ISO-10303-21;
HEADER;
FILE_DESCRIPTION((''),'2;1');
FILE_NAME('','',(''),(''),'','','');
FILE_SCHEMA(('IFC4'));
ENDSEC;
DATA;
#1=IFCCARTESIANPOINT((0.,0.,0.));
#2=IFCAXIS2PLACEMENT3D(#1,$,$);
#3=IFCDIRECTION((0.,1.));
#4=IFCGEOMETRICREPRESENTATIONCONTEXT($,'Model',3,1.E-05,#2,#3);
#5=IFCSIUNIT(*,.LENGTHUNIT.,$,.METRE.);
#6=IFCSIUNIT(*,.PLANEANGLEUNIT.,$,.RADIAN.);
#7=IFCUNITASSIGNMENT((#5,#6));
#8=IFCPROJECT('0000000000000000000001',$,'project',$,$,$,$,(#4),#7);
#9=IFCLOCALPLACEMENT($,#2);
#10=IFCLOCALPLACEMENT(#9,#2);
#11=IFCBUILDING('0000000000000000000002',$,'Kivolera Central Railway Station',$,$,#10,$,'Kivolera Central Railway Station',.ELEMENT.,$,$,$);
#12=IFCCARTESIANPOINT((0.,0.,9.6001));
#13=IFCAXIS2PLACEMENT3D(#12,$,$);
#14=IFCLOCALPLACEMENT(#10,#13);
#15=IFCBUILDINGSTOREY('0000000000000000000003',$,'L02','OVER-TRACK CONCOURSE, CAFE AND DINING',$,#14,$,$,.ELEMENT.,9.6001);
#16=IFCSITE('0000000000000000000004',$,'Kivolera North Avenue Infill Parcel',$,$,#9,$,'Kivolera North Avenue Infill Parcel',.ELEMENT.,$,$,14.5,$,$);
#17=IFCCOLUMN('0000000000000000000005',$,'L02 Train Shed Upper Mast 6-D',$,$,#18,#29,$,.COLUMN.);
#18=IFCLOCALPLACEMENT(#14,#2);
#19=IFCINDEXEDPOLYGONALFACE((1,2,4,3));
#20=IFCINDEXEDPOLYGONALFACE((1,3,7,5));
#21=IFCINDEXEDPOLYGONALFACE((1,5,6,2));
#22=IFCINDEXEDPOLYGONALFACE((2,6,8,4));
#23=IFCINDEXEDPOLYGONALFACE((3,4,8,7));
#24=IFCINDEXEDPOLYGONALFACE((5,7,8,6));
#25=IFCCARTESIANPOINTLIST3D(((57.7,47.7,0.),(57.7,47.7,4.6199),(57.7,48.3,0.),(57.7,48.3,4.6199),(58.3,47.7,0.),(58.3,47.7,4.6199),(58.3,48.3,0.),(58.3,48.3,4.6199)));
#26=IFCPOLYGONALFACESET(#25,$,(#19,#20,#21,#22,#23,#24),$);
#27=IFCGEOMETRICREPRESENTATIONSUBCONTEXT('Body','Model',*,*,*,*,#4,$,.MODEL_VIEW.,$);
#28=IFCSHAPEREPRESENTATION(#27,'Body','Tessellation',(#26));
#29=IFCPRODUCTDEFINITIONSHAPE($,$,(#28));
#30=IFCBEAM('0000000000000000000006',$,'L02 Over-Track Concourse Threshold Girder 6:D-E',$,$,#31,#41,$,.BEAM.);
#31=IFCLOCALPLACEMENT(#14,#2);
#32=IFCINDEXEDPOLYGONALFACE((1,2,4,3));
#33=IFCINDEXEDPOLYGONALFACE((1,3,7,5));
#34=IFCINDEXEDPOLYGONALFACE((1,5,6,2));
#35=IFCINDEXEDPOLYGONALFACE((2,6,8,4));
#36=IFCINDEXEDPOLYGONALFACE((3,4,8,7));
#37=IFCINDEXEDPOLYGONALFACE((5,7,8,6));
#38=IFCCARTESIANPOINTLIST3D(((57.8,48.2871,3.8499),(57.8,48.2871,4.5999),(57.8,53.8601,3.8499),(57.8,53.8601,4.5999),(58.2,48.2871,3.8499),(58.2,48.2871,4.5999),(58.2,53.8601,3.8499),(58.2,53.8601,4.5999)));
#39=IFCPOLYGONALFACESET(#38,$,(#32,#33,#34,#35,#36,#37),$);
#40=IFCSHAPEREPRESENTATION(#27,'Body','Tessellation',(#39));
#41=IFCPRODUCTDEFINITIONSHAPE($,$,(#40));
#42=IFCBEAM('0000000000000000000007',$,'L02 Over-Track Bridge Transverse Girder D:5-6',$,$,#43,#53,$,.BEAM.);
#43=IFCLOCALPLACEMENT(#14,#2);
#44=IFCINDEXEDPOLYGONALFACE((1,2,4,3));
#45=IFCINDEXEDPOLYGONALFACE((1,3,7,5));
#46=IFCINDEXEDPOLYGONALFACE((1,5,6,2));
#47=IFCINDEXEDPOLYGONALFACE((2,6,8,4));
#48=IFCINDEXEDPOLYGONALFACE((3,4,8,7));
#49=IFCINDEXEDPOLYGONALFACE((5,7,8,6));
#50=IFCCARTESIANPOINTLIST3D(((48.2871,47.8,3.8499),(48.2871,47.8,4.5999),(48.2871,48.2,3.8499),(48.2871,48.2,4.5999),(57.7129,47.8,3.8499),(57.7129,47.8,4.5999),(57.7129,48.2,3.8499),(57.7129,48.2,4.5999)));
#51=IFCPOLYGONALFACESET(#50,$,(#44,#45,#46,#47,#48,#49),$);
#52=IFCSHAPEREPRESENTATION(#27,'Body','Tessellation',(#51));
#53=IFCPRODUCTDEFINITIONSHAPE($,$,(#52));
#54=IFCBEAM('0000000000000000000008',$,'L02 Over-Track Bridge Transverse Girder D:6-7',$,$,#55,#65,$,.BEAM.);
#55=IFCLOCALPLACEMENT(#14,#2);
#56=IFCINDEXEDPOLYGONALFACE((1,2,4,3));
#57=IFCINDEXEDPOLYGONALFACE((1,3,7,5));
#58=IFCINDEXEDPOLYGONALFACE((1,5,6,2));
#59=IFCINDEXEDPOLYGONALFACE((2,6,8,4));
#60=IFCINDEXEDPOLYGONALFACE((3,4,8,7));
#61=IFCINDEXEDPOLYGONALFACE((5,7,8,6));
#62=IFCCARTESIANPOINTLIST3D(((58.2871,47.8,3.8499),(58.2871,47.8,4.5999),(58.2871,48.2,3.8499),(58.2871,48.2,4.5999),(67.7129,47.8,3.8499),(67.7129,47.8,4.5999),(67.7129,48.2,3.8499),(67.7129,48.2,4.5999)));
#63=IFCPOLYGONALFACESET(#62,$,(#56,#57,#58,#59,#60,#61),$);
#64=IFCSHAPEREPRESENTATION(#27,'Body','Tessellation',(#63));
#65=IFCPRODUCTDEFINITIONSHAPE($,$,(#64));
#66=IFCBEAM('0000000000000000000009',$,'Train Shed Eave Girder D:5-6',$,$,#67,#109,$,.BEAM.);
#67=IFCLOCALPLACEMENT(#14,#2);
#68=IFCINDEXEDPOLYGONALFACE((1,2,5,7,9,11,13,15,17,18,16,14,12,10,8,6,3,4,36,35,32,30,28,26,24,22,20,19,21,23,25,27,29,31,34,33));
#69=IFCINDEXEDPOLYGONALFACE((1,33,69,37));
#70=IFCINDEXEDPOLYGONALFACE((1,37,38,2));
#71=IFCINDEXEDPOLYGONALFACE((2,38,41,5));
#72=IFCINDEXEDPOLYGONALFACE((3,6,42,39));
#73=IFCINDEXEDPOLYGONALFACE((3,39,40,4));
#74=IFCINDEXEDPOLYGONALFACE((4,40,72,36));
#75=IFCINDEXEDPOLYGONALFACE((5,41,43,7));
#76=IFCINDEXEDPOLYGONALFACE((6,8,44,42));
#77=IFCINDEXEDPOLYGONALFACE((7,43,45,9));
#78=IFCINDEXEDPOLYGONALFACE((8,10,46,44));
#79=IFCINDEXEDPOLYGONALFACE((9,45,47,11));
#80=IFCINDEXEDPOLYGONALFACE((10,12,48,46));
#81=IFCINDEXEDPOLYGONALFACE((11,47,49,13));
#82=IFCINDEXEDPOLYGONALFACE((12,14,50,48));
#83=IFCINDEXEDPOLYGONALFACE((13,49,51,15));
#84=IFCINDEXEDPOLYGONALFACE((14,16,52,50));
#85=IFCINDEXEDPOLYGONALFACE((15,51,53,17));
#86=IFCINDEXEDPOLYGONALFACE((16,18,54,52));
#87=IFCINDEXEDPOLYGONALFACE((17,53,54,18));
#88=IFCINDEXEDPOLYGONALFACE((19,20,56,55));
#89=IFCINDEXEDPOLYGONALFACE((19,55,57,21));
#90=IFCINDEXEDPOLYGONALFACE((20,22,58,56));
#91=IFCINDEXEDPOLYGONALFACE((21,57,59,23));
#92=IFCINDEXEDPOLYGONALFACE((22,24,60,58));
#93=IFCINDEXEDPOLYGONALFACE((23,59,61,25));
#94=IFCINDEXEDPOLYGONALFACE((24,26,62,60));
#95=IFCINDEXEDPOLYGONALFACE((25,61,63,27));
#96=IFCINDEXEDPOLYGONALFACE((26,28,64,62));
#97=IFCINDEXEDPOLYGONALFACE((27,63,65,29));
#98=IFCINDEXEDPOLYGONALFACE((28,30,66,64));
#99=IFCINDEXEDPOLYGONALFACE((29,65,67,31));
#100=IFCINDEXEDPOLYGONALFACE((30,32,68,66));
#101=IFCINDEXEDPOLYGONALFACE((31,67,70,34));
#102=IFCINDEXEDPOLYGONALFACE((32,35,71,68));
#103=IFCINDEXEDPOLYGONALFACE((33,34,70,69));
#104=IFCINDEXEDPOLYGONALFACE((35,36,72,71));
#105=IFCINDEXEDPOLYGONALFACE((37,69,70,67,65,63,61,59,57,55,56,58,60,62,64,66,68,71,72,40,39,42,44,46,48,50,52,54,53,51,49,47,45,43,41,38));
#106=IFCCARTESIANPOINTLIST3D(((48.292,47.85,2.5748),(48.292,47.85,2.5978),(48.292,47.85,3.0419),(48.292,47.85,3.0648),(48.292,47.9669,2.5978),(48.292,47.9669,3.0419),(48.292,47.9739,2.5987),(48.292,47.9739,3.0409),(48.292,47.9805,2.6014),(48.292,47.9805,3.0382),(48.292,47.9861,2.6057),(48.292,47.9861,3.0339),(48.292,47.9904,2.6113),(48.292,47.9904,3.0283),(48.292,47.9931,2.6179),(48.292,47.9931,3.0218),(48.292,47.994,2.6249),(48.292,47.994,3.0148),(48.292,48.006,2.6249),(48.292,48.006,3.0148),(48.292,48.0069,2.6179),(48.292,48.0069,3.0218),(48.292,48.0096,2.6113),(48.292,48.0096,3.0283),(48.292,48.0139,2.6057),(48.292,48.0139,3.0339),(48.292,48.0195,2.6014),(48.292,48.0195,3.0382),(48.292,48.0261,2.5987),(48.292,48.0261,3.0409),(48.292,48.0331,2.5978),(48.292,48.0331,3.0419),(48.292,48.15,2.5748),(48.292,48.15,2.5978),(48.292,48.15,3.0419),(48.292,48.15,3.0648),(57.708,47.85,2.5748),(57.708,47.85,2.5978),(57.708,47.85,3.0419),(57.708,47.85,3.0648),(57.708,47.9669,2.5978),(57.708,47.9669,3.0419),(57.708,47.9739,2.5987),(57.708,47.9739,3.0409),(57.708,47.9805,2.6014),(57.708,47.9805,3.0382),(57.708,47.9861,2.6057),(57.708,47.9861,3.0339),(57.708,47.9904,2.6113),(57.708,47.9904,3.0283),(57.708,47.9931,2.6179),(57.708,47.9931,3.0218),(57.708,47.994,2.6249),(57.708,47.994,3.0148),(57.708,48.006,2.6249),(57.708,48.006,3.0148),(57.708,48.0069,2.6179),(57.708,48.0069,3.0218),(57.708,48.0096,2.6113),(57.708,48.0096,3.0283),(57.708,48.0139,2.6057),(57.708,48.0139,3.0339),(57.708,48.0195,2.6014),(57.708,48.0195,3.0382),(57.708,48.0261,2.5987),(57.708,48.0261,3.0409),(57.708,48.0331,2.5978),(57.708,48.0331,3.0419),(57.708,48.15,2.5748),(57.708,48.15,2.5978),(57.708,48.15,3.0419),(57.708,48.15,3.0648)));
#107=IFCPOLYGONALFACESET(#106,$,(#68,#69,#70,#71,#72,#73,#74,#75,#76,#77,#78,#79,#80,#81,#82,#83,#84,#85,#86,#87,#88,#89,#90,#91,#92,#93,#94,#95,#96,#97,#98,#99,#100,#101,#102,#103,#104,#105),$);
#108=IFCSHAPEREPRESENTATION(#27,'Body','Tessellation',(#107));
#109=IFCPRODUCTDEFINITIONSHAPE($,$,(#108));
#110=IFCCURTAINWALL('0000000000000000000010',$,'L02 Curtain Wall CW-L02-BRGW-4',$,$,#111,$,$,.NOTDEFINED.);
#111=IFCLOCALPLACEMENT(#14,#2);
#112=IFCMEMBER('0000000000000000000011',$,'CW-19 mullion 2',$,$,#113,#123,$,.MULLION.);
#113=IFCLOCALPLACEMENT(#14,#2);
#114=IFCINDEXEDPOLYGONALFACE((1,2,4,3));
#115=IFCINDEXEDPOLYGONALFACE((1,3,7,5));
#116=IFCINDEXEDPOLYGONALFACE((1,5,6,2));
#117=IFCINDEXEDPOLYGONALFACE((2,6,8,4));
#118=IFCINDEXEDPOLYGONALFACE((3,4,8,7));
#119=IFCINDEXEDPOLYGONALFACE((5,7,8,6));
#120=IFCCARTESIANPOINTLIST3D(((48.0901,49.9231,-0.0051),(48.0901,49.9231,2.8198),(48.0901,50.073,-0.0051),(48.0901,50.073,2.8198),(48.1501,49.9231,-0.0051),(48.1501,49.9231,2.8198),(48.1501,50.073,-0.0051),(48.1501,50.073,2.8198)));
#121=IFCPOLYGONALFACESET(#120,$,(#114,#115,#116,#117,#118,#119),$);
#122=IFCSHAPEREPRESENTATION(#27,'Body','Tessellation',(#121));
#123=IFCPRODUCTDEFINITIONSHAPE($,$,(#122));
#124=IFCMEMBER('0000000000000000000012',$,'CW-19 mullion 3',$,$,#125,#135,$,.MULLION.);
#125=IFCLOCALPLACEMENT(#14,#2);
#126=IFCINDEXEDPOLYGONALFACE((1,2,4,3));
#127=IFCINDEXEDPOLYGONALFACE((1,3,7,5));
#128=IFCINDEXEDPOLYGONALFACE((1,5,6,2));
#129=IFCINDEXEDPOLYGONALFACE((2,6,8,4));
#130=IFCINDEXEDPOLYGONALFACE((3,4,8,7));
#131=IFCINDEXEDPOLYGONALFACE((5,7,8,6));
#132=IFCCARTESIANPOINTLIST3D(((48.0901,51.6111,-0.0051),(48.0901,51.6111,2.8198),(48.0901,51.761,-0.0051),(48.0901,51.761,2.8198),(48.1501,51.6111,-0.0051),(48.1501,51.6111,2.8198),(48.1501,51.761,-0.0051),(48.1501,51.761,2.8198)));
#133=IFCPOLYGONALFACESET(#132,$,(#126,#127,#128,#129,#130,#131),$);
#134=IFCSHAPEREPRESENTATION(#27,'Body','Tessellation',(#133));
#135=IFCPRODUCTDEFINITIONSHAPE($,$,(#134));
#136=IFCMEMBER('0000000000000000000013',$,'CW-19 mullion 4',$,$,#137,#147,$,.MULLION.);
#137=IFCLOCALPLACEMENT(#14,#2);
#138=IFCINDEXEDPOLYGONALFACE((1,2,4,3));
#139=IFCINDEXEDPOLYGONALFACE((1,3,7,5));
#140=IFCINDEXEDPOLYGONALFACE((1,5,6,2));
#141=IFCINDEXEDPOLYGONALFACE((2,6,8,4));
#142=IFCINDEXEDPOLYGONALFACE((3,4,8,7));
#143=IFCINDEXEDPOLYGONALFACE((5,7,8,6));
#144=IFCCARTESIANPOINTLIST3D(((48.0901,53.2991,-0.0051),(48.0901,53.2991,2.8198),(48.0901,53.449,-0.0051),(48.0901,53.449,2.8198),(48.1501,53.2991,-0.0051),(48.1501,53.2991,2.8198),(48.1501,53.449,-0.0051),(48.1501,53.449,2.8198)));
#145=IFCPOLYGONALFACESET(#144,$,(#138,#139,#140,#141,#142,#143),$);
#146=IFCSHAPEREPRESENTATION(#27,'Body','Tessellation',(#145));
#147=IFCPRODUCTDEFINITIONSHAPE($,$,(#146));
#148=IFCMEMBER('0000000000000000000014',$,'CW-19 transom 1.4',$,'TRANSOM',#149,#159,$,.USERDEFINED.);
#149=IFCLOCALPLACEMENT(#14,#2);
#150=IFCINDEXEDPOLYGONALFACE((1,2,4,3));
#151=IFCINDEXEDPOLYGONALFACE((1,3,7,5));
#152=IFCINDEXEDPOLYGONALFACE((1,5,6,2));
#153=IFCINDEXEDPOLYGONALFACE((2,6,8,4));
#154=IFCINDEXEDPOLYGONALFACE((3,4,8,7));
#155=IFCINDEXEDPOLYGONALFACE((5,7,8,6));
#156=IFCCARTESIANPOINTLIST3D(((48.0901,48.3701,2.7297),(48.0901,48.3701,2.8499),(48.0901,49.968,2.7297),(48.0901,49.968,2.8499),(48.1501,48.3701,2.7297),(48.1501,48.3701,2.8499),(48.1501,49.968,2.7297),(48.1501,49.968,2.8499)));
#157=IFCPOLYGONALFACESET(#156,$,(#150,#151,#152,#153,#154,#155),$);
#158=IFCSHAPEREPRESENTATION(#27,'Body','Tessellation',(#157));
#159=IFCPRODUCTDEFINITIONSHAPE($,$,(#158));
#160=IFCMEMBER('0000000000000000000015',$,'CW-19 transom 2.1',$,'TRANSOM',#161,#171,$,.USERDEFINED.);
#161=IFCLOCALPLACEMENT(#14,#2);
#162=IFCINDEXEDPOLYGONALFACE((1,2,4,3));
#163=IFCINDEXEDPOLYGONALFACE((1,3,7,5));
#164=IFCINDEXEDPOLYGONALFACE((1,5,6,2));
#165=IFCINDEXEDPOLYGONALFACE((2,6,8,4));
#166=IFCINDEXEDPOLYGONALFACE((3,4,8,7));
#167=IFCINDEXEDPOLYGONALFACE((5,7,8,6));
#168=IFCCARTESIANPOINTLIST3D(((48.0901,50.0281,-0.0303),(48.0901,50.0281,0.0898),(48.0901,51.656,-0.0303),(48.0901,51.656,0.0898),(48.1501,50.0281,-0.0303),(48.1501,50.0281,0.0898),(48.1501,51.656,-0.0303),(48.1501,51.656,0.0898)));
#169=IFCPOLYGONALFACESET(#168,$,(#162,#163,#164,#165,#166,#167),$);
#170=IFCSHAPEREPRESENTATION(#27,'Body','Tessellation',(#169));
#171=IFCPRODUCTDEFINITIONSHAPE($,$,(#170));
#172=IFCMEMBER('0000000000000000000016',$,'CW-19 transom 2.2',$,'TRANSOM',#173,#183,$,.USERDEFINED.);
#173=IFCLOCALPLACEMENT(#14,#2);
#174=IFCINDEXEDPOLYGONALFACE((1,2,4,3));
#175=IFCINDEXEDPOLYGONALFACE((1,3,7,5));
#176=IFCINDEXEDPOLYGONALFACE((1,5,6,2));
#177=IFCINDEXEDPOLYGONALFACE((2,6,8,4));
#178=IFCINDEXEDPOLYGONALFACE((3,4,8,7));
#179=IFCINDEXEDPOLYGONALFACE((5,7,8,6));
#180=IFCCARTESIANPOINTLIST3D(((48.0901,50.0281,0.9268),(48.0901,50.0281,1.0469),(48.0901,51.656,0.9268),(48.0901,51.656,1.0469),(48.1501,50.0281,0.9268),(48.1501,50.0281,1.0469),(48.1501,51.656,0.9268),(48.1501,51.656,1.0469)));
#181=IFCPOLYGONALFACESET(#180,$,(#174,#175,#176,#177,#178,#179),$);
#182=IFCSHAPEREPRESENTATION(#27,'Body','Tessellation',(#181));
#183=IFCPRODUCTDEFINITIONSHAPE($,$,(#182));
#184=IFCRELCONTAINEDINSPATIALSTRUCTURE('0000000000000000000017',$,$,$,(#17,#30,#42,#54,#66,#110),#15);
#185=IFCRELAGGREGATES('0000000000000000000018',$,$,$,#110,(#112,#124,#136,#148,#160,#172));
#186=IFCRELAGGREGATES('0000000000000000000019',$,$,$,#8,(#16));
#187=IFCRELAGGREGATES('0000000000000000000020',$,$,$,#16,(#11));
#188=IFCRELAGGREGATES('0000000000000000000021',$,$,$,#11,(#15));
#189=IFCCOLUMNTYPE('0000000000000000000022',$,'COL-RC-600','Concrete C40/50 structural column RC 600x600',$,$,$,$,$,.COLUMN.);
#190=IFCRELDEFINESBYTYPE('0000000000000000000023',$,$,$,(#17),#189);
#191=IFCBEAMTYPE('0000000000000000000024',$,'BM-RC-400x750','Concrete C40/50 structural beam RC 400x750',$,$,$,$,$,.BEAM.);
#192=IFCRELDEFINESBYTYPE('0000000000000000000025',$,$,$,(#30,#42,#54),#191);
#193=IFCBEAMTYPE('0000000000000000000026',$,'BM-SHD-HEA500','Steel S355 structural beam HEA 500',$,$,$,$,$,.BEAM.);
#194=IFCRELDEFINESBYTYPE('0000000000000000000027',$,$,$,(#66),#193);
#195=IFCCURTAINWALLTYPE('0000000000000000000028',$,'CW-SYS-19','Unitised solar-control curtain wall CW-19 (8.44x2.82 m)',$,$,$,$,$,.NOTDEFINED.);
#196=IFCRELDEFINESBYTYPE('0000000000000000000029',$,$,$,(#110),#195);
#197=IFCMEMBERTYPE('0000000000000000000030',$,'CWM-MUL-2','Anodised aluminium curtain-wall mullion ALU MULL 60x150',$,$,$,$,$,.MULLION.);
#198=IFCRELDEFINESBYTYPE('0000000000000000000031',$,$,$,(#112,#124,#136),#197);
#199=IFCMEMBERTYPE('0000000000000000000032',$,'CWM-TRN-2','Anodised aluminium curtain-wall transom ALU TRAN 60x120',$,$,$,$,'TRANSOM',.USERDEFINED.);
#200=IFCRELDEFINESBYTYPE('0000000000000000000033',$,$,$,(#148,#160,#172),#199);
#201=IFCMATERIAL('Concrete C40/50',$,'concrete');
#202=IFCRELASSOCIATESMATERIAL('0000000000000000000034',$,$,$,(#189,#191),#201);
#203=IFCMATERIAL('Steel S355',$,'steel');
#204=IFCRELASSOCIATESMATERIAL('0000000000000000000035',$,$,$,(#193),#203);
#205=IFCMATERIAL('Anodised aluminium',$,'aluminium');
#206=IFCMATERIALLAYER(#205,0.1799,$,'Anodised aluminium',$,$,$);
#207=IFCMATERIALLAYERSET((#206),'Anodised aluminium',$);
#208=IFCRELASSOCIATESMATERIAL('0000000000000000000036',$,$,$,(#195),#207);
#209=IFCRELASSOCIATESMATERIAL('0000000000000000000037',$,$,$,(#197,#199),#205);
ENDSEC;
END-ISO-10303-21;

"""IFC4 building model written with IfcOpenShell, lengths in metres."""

from ifc_helpers import new_model, si_unit, direction, frame, origin, origin_2d, place, context, subcontext, project, spatial, rectangle, i_section, extrude, material, layer, layer_set, material_profile, profile_set, type_object, element, aggregate, save


model = new_model("IFC4")

# Units and contexts
model_context = context("Model", 3, precision=1e-05, world=origin(), true_north=direction((0.0, 1.0)))
body_context = subcontext(model_context, "Body", "Model", "MODEL_VIEW")
ifc_project = project(units=[si_unit("LENGTHUNIT", "METRE"), si_unit("PLANEANGLEUNIT", "RADIAN")], contexts=[model_context])

# Site, building, storey
site_placement = place(None, origin())
site = spatial("IfcSite", under=ifc_project, at=site_placement, Name="Kivolera North Avenue Infill Parcel", LongName="Kivolera North Avenue Infill Parcel", CompositionType="ELEMENT", RefElevation=14.5)
building_placement = place(site_placement, origin())
building = spatial("IfcBuilding", under=site, at=building_placement, Name="Kivolera Central Railway Station", LongName="Kivolera Central Railway Station", CompositionType="ELEMENT")
storey_placement = place(building_placement, frame((0.0, 0.0, 9.6001)))
storey = spatial("IfcBuildingStorey", under=building, at=storey_placement, Name="L02", Description="OVER-TRACK CONCOURSE, CAFE AND DINING", CompositionType="ELEMENT", Elevation=9.6001)

# Column
ifc_material_1 = material(Name="Concrete C40/50", Category="concrete")
ifc_material_profile_1 = material_profile(ifc_material_1, rectangle(XDim=0.6001, YDim=0.6001, at=origin_2d()), Name="RC 600x600")
ifc_profile_set_1 = profile_set([ifc_material_profile_1], Name="Concrete C40/50")
column_type = type_object("IfcColumnType", Name="COL-RC-600", Description="Concrete C40/50 structural column RC 600x600", PredefinedType="COLUMN", material=ifc_profile_set_1)
column_placement = place(storey_placement, frame((58.0, 48.0, 0.0), z_axis=(0.0, 0.0, 1.0), x_axis=(1.0, 0.0, 0.0)))
element("IfcColumn", 1, at=column_placement, inside=storey, type_object=column_type, Name="L02 Train Shed Upper Mast 6-D", PredefinedType="COLUMN", context=body_context, shape_type="SweptSolid", body=[
    extrude(rectangle(XDim=0.6001, YDim=0.6001, at=origin_2d()), origin(), (0.0, 0.0, 1.0), 4.6199),
])

# Beams
ifc_material_profile_2 = material_profile(ifc_material_1, rectangle(XDim=0.3999, YDim=0.75, at=origin_2d()), Name="RC 400x750")
ifc_profile_set_2 = profile_set([ifc_material_profile_2], Name="Concrete C40/50")
beam_type_1 = type_object("IfcBeamType", Name="BM-RC-400x750", Description="Concrete C40/50 structural beam RC 400x750", PredefinedType="BEAM", material=ifc_profile_set_2)
beam_1_placement = place(storey_placement, frame((58.0, 48.2871, 4.2249), z_axis=(0.0, 1.0, 0.0), x_axis=(-1.0, 0.0, 0.0)))
element("IfcBeam", 2, at=beam_1_placement, inside=storey, type_object=beam_type_1, Name="L02 Over-Track Concourse Threshold Girder 6:D-E", PredefinedType="BEAM", context=body_context, shape_type="SweptSolid", body=[
    extrude(rectangle(XDim=0.3999, YDim=0.75, at=origin_2d()), origin(), (0.0, 0.0, 1.0), 5.573),
])
for number, where, z_axis, x_axis, name in (
    (3, (48.2871, 48.0, 4.2249), (1.0, 0.0, 0.0), (0.0, 1.0, 0.0), "L02 Over-Track Bridge Transverse Girder D:5-6"),
    (4, (58.2871, 48.0, 4.2249), (1.0, 0.0, 0.0), (0.0, 1.0, 0.0), "L02 Over-Track Bridge Transverse Girder D:6-7"),
):
    element("IfcBeam", number, at=place(storey_placement, frame(where, z_axis=z_axis, x_axis=x_axis)), inside=storey, type_object=beam_type_1, Name=name, PredefinedType="BEAM", context=body_context, shape_type="SweptSolid", body=[
        extrude(rectangle(XDim=0.3999, YDim=0.75, at=origin_2d()), origin(), (0.0, 0.0, 1.0), 9.4258),
    ])
ifc_material_2 = material(Name="Steel S355", Category="steel")
ifc_material_profile_3 = material_profile(ifc_material_2, i_section(OverallWidth=0.3, OverallDepth=0.49, WebThickness=0.012, FlangeThickness=0.0229, FilletRadius=0.0271, at=origin_2d()), Name="HEA 500")
ifc_profile_set_3 = profile_set([ifc_material_profile_3], Name="Steel S355")
beam_type_2 = type_object("IfcBeamType", Name="BM-SHD-HEA500", Description="Steel S355 structural beam HEA 500", PredefinedType="BEAM", material=ifc_profile_set_3)
beam_2_placement = place(storey_placement, frame((48.292, 48.0, 2.8198), z_axis=(1.0, 0.0, 0.0), x_axis=(0.0, 1.0, 0.0)))
element("IfcBeam", 5, at=beam_2_placement, inside=storey, type_object=beam_type_2, Name="Train Shed Eave Girder D:5-6", PredefinedType="BEAM", context=body_context, shape_type="SweptSolid", body=[
    extrude(i_section(OverallWidth=0.3, OverallDepth=0.49, WebThickness=0.012, FlangeThickness=0.0229, FilletRadius=0.0271, at=origin_2d()), origin(), (0.0, 0.0, 1.0), 9.416),
])

# Curtain wall, members
ifc_material_3 = material(Name="Anodised aluminium", Category="aluminium")
ifc_layer_1 = layer(ifc_material_3, 0.1799, Name="Anodised aluminium")
ifc_layer_set_1 = layer_set([ifc_layer_1], Name="Anodised aluminium")
curtain_wall_type = type_object("IfcCurtainWallType", Name="CW-SYS-19", Description="Unitised solar-control curtain wall CW-19 (8.44x2.82 m)", PredefinedType="NOTDEFINED", material=ifc_layer_set_1)
curtain_wall_placement = place(storey_placement, origin())
curtain_wall = element("IfcCurtainWall", 6, at=curtain_wall_placement, inside=storey, type_object=curtain_wall_type, Name="L02 Curtain Wall CW-L02-BRGW-4", PredefinedType="NOTDEFINED")
ifc_material_profile_4 = material_profile(ifc_material_3, rectangle(XDim=0.0601, YDim=0.1499, at=origin_2d()), Name="ALU MULL 60x150")
ifc_profile_set_4 = profile_set([ifc_material_profile_4], Name="Anodised aluminium")
member_type_1 = type_object("IfcMemberType", Name="CWM-MUL-2", Description="Anodised aluminium curtain-wall mullion ALU MULL 60x150", PredefinedType="MULLION", material=ifc_profile_set_4)
member_1_placement = place(storey_placement, frame((48.1201, 49.998, -0.0051), z_axis=(0.0, 0.0, 1.0), x_axis=(-1.0, 0.0, 0.0)))
member_1 = element("IfcMember", 7, at=member_1_placement, type_object=member_type_1, Name="CW-19 mullion 2", PredefinedType="MULLION", context=body_context, shape_type="SweptSolid", body=[
    extrude(rectangle(XDim=0.0601, YDim=0.1499, at=origin_2d()), origin(), (0.0, 0.0, 1.0), 2.825),
])
member_2_placement = place(storey_placement, frame((48.1201, 51.686, -0.0051), z_axis=(0.0, 0.0, 1.0), x_axis=(-1.0, 0.0, 0.0)))
member_2 = element("IfcMember", 8, at=member_2_placement, type_object=member_type_1, Name="CW-19 mullion 3", PredefinedType="MULLION", context=body_context, shape_type="SweptSolid", body=[
    extrude(rectangle(XDim=0.0601, YDim=0.1499, at=origin_2d()), origin(), (0.0, 0.0, 1.0), 2.825),
])
member_3_placement = place(storey_placement, frame((48.1201, 53.374, -0.0051), z_axis=(0.0, 0.0, 1.0), x_axis=(-1.0, 0.0, 0.0)))
member_3 = element("IfcMember", 9, at=member_3_placement, type_object=member_type_1, Name="CW-19 mullion 4", PredefinedType="MULLION", context=body_context, shape_type="SweptSolid", body=[
    extrude(rectangle(XDim=0.0601, YDim=0.1499, at=origin_2d()), origin(), (0.0, 0.0, 1.0), 2.825),
])
ifc_material_profile_5 = material_profile(ifc_material_3, rectangle(XDim=0.0601, YDim=0.1201, at=origin_2d()), Name="ALU TRAN 60x120")
ifc_profile_set_5 = profile_set([ifc_material_profile_5], Name="Anodised aluminium")
member_type_2 = type_object("IfcMemberType", Name="CWM-TRN-2", Description="Anodised aluminium curtain-wall transom ALU TRAN 60x120", ElementType="TRANSOM", PredefinedType="USERDEFINED", material=ifc_profile_set_5)
member_4_placement = place(storey_placement, frame((48.1201, 48.3701, 2.7898), z_axis=(0.0, 1.0, 0.0), x_axis=(-1.0, 0.0, 0.0)))
member_4 = element("IfcMember", 10, at=member_4_placement, type_object=member_type_2, Name="CW-19 transom 1.4", ObjectType="TRANSOM", PredefinedType="USERDEFINED", context=body_context, shape_type="SweptSolid", body=[
    extrude(rectangle(XDim=0.0601, YDim=0.1201, at=origin_2d()), origin(), (0.0, 0.0, 1.0), 1.5979),
])
member_5_placement = place(storey_placement, frame((48.1201, 50.0281, 0.0298), z_axis=(0.0, 1.0, 0.0), x_axis=(-1.0, 0.0, 0.0)))
member_5 = element("IfcMember", 11, at=member_5_placement, type_object=member_type_2, Name="CW-19 transom 2.1", ObjectType="TRANSOM", PredefinedType="USERDEFINED", context=body_context, shape_type="SweptSolid", body=[
    extrude(rectangle(XDim=0.0601, YDim=0.1201, at=origin_2d()), origin(), (0.0, 0.0, 1.0), 1.6279),
])
member_6_placement = place(storey_placement, frame((48.1201, 50.0281, 0.9868), z_axis=(0.0, 1.0, 0.0), x_axis=(-1.0, 0.0, 0.0)))
member_6 = element("IfcMember", 12, at=member_6_placement, type_object=member_type_2, Name="CW-19 transom 2.2", ObjectType="TRANSOM", PredefinedType="USERDEFINED", context=body_context, shape_type="SweptSolid", body=[
    extrude(rectangle(XDim=0.0601, YDim=0.1201, at=origin_2d()), origin(), (0.0, 0.0, 1.0), 1.6279),
])
aggregate(curtain_wall, [member_1, member_2, member_3, member_4, member_5, member_6])

save(model, "model.ifc")
